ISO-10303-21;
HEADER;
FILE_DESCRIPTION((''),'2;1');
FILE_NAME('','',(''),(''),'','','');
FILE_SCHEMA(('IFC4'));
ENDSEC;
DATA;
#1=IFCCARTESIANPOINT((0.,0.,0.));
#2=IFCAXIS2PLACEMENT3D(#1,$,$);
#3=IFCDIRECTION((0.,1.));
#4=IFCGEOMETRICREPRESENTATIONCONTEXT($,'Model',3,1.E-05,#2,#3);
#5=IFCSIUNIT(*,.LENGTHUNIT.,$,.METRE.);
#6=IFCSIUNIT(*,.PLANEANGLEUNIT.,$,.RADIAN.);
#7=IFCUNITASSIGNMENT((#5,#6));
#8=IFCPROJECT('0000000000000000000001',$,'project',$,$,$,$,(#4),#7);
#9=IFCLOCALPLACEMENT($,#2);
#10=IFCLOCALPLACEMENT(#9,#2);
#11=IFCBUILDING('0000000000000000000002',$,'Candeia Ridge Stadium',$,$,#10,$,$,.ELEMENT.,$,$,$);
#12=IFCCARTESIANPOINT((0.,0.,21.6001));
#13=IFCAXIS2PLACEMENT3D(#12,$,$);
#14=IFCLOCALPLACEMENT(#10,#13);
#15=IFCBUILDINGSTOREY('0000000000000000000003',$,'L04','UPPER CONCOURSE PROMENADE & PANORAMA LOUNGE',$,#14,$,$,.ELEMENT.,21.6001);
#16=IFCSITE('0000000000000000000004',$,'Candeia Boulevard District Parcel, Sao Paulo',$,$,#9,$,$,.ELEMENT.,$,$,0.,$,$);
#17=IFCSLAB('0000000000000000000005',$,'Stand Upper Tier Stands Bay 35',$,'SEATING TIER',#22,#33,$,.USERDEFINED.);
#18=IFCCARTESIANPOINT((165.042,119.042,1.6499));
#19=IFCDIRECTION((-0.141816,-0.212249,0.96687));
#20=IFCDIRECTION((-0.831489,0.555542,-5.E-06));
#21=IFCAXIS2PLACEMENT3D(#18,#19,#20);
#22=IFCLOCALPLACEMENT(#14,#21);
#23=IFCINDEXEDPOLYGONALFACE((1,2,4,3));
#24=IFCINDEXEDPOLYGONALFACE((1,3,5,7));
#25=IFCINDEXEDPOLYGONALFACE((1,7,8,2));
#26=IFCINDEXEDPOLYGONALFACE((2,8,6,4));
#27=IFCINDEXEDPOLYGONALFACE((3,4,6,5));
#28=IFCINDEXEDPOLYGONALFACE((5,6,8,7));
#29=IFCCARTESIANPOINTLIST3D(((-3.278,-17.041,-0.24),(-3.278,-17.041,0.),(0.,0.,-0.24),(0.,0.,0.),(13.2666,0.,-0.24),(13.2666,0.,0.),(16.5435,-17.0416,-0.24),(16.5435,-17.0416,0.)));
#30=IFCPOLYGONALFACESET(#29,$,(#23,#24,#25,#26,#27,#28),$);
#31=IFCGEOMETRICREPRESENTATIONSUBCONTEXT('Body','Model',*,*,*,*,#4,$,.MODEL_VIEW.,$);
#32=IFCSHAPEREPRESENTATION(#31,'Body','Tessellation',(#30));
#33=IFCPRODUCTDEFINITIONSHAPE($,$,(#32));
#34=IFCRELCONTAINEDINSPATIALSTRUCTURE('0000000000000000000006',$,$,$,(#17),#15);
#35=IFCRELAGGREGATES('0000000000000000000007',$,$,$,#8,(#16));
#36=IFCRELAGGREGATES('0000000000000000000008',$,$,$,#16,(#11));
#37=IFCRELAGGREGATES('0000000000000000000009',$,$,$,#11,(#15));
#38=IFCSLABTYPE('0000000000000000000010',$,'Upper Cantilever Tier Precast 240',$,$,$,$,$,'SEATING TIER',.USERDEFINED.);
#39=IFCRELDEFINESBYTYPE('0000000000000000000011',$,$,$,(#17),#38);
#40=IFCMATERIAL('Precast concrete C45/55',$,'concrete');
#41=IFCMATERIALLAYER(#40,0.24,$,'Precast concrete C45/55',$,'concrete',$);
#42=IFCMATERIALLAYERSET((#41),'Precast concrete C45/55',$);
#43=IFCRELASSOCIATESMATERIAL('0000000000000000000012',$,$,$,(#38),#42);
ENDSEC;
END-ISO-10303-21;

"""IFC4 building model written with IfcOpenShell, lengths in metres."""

from ifc_helpers import new_model, si_unit, direction, frame, origin, place, context, subcontext, project, spatial, polyline, outline, extrude, material, layer, layer_set, type_object, element, save


model = new_model("IFC4")

# Units and contexts
model_context = context("Model", 3, precision=1e-05, world=origin(), true_north=direction((0.0, 1.0)))
body_context = subcontext(model_context, "Body", "Model", "MODEL_VIEW")
ifc_project = project(units=[si_unit("LENGTHUNIT", "METRE"), si_unit("PLANEANGLEUNIT", "RADIAN")], contexts=[model_context])

# Site, building, storey
site_placement = place(None, origin())
site = spatial("IfcSite", under=ifc_project, at=site_placement, Name="Candeia Boulevard District Parcel, Sao Paulo", CompositionType="ELEMENT", RefElevation=0.0)
building_placement = place(site_placement, origin())
building = spatial("IfcBuilding", under=site, at=building_placement, Name="Candeia Ridge Stadium", CompositionType="ELEMENT")
storey_placement = place(building_placement, frame((0.0, 0.0, 21.6001)))
storey = spatial("IfcBuildingStorey", under=building, at=storey_placement, Name="L04", Description="UPPER CONCOURSE PROMENADE & PANORAMA LOUNGE", CompositionType="ELEMENT", Elevation=21.6001)

# Slab
ifc_material_1 = material(Name="Precast concrete C45/55", Category="concrete")
ifc_layer_1 = layer(ifc_material_1, 0.24, Name="Precast concrete C45/55", Category="concrete")
ifc_layer_set_1 = layer_set([ifc_layer_1], Name="Precast concrete C45/55")
slab_type = type_object("IfcSlabType", Name="Upper Cantilever Tier Precast 240", ElementType="SEATING TIER", PredefinedType="USERDEFINED", material=ifc_layer_set_1)
slab_placement = place(storey_placement, frame((165.042, 119.042, 1.6499), z_axis=(-0.141816, -0.212249, 0.96687), x_axis=(-0.831489, 0.555542, -0.000005)))
element("IfcSlab", 1, at=slab_placement, inside=storey, type_object=slab_type, Name="Stand Upper Tier Stands Bay 35", ObjectType="SEATING TIER", PredefinedType="USERDEFINED", context=body_context, shape_type="SweptSolid", body=[
    extrude(outline(polyline([(0.0, 0.0), (13.2666, 0.0), (16.5435, -17.0416), (-3.278, -17.041), (0.0, 0.0)])), origin(), (0.0, 0.0, -1.0), 0.24),
])

save(model, "model.ifc")
